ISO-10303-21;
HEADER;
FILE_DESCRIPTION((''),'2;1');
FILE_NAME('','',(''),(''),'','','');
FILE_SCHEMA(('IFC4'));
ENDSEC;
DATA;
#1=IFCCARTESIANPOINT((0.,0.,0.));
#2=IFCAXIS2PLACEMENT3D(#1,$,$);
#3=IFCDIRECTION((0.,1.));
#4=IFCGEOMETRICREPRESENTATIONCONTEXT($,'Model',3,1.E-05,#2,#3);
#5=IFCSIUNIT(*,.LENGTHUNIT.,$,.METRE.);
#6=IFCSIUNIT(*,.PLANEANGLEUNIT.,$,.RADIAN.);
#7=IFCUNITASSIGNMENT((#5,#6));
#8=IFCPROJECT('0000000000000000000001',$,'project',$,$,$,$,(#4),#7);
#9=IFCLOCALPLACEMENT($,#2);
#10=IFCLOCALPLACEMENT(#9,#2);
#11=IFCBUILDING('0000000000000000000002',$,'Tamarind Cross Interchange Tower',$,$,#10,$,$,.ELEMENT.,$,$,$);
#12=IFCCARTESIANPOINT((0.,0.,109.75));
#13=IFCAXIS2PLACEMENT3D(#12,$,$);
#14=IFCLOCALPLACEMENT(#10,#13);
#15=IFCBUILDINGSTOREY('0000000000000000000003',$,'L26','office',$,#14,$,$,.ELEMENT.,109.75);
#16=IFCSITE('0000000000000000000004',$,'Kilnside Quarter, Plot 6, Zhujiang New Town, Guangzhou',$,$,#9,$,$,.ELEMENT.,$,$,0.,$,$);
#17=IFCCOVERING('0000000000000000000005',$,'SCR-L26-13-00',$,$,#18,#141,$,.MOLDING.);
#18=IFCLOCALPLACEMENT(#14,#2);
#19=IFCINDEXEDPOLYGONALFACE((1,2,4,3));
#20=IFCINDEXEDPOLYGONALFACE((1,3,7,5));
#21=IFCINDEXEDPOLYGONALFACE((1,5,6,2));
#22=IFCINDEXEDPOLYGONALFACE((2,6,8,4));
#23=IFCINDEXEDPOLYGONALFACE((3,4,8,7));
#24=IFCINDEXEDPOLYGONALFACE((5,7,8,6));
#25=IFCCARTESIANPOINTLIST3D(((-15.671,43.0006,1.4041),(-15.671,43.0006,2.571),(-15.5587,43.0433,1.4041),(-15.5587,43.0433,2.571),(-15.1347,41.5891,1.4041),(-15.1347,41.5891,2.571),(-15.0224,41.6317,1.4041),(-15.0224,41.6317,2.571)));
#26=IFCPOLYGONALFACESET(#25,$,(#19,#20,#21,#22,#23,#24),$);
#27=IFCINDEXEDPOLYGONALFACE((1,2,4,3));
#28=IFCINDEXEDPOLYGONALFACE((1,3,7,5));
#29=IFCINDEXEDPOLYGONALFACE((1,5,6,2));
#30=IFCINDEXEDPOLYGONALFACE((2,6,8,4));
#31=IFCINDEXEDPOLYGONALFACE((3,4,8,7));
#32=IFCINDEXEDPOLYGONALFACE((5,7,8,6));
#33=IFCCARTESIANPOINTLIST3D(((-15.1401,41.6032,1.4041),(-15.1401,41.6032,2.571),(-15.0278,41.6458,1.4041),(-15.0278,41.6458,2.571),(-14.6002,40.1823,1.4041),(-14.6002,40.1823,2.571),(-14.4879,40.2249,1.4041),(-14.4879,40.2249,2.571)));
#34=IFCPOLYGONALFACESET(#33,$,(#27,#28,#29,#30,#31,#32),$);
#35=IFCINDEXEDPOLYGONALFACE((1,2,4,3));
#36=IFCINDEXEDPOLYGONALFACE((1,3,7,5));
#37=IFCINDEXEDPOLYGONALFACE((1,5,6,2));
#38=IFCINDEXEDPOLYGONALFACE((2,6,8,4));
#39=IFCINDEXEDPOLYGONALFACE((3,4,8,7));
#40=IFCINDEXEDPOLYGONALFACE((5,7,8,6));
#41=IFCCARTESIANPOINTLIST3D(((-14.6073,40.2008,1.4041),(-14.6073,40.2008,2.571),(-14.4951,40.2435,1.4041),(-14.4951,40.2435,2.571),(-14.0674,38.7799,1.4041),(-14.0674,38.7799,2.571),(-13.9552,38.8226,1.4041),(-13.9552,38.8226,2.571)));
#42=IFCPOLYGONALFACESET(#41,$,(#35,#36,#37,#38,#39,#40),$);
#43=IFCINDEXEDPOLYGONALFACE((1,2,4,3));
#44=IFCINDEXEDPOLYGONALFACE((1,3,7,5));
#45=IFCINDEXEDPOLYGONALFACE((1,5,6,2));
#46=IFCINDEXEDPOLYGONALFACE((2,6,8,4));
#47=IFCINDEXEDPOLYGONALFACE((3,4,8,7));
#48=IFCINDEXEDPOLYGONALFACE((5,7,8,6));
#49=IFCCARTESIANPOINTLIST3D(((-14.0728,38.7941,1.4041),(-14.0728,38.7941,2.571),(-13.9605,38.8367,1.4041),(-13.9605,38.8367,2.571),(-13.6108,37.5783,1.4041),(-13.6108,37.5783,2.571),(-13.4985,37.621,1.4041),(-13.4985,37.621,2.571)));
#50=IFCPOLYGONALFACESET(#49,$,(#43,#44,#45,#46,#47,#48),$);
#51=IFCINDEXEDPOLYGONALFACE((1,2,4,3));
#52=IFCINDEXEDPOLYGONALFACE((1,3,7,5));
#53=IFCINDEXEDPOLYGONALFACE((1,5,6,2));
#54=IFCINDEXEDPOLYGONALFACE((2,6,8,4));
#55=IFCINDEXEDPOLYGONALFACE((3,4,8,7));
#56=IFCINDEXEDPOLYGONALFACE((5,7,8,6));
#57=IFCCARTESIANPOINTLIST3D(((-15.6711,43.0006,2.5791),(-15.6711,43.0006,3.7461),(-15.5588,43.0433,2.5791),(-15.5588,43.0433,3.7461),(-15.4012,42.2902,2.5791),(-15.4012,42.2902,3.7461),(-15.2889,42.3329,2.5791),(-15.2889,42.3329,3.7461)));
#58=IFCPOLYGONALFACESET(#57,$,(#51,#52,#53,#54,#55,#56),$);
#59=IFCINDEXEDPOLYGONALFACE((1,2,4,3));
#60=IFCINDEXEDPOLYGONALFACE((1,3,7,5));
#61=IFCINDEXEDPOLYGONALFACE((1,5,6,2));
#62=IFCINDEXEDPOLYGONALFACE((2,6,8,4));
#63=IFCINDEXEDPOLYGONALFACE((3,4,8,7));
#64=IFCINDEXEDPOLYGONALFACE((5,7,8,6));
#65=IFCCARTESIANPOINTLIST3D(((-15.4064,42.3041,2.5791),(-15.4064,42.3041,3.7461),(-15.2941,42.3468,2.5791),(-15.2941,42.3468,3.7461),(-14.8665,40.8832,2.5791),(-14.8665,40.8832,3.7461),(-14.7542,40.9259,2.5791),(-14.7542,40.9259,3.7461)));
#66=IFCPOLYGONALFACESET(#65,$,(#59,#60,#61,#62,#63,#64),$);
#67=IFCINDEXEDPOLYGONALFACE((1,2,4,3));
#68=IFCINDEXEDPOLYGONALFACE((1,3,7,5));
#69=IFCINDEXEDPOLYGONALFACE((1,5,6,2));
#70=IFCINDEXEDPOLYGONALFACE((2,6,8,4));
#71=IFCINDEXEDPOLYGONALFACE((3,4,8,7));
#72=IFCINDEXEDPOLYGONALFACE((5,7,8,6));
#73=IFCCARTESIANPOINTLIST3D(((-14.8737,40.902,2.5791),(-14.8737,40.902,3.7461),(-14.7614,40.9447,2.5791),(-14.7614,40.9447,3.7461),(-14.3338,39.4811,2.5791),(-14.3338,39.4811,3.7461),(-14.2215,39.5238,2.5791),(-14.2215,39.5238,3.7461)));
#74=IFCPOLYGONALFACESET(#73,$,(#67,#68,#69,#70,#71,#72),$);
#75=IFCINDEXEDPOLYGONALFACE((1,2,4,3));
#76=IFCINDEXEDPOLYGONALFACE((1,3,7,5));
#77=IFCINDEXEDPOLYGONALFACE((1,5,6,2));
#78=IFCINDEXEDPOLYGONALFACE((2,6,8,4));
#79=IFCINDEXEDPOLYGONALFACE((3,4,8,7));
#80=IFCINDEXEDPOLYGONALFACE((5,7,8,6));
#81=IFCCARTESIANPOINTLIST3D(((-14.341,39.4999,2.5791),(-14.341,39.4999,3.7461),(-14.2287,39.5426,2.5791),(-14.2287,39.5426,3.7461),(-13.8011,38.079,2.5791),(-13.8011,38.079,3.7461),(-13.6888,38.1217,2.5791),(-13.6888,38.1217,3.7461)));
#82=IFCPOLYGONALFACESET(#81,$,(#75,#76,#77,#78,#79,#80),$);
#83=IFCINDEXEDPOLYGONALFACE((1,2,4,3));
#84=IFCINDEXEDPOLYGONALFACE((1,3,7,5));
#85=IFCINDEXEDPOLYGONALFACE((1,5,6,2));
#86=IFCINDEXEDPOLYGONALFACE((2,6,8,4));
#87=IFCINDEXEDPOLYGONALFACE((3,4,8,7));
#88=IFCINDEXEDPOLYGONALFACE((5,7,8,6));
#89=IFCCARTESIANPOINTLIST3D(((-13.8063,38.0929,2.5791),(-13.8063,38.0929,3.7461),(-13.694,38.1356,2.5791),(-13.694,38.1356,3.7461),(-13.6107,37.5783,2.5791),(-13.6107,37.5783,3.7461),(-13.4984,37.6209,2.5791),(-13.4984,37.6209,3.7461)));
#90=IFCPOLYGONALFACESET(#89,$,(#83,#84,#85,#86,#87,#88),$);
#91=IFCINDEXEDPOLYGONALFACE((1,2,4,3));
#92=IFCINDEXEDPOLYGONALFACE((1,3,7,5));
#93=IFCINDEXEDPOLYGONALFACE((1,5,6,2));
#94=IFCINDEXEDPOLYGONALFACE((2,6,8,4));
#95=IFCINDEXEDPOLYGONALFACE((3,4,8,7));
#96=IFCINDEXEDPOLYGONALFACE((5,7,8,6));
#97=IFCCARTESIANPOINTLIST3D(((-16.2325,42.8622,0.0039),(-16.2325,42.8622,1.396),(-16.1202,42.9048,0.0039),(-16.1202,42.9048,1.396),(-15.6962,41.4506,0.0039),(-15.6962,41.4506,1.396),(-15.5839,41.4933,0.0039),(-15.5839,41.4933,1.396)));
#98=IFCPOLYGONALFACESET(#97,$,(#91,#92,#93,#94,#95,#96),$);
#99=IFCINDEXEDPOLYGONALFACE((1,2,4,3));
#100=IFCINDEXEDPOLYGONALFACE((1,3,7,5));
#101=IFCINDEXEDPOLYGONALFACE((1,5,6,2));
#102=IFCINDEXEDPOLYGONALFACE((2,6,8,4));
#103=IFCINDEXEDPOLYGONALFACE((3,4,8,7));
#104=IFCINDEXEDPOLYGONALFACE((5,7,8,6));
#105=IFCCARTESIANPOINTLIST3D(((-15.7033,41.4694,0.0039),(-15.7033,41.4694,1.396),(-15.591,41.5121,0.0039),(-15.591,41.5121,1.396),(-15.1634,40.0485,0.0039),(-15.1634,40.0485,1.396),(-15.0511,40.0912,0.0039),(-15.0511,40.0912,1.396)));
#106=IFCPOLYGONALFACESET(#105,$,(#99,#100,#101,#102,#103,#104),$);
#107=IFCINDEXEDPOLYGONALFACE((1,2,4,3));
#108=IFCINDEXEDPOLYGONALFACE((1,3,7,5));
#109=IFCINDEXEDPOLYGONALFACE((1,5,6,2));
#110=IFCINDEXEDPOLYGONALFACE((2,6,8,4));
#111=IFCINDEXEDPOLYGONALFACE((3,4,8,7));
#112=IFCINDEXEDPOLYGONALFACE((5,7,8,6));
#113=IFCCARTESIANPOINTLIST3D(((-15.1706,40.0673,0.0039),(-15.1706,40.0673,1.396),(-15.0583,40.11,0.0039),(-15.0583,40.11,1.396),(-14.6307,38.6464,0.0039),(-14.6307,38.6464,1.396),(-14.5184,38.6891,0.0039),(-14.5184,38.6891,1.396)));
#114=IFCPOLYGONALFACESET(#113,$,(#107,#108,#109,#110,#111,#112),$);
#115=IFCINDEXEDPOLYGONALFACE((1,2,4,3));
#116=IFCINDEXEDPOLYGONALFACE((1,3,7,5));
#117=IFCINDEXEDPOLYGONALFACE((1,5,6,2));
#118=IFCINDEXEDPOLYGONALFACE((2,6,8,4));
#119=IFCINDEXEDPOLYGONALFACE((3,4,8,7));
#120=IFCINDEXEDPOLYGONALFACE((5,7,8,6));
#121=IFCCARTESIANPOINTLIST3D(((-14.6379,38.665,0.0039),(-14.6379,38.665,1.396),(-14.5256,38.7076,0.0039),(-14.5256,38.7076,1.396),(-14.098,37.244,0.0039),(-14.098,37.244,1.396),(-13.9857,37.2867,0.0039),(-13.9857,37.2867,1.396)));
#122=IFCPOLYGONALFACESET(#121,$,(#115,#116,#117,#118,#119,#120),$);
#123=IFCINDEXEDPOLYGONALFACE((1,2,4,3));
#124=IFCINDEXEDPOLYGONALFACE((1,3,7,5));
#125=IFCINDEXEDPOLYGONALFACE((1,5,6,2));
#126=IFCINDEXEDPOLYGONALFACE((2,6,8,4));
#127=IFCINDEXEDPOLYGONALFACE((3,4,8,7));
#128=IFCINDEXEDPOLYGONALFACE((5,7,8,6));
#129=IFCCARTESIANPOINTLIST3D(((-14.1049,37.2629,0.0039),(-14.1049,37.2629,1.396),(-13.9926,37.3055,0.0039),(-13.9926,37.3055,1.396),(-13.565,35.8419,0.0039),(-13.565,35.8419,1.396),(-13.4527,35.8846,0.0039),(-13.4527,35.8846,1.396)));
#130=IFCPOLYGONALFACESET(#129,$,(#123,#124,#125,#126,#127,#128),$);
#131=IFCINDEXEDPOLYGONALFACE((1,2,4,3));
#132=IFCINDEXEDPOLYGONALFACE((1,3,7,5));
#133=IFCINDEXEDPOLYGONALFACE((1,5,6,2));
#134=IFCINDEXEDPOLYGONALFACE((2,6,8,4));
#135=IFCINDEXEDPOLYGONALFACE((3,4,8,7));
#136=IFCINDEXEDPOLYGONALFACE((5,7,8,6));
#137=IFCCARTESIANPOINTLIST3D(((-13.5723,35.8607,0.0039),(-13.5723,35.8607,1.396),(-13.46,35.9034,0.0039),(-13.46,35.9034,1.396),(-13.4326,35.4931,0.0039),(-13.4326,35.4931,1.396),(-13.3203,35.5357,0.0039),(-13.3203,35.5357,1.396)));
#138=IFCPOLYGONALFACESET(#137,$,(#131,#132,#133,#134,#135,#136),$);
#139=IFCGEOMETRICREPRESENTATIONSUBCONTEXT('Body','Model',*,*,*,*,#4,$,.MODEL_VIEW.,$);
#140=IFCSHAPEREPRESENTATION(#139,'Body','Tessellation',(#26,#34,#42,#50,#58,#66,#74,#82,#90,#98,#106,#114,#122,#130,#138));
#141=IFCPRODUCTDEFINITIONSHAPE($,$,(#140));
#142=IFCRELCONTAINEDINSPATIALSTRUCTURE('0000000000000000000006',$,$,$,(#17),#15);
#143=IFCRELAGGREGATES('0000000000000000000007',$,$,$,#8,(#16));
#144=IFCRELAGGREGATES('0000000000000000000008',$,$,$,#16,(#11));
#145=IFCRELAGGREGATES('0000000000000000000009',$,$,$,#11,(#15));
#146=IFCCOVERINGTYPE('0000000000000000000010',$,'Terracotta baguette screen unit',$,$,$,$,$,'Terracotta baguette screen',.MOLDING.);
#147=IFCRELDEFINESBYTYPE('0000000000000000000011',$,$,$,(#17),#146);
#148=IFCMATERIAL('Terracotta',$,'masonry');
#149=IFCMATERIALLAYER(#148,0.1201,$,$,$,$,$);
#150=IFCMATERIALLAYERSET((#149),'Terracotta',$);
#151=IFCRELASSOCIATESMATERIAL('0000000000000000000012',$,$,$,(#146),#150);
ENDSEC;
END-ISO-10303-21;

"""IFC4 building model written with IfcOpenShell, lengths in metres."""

from ifc_helpers import new_model, si_unit, direction, frame, origin, origin_2d, place, context, subcontext, project, spatial, rectangle, extrude, material, layer, layer_set, type_object, element, save


model = new_model("IFC4")

# Units and contexts
model_context = context("Model", 3, precision=1e-05, world=origin(), true_north=direction((0.0, 1.0)))
body_context = subcontext(model_context, "Body", "Model", "MODEL_VIEW")
ifc_project = project(units=[si_unit("LENGTHUNIT", "METRE"), si_unit("PLANEANGLEUNIT", "RADIAN")], contexts=[model_context])

# Site, building, storey
site_placement = place(None, origin())
site = spatial("IfcSite", under=ifc_project, at=site_placement, Name="Kilnside Quarter, Plot 6, Zhujiang New Town, Guangzhou", CompositionType="ELEMENT", RefElevation=0.0)
building_placement = place(site_placement, origin())
building = spatial("IfcBuilding", under=site, at=building_placement, Name="Tamarind Cross Interchange Tower", CompositionType="ELEMENT")
storey_placement = place(building_placement, frame((0.0, 0.0, 109.75)))
storey = spatial("IfcBuildingStorey", under=building, at=storey_placement, Name="L26", Description="office", CompositionType="ELEMENT", Elevation=109.75)

# Covering
ifc_material_1 = material(Name="Terracotta", Category="masonry")
ifc_layer_1 = layer(ifc_material_1, 0.1201)
ifc_layer_set_1 = layer_set([ifc_layer_1], Name="Terracotta")
covering_type = type_object("IfcCoveringType", Name="Terracotta baguette screen unit", ElementType="Terracotta baguette screen", PredefinedType="MOLDING", material=ifc_layer_set_1)
covering_1_placement = place(storey_placement, origin())
element("IfcCovering", 1, at=covering_1_placement, inside=storey, type_object=covering_type, Name="SCR-L26-13-00", PredefinedType="MOLDING", context=body_context, shape_type="SweptSolid", body=[
    extrude(rectangle(XDim=1.51, YDim=0.1201, at=origin_2d()), frame((-15.3467, 42.3162, 1.4041), z_axis=(0.0, 0.0, 1.0), x_axis=(0.355186, -0.934796, 0.0)), (0.0, 0.0, 1.0), 1.167),
    extrude(rectangle(XDim=1.52, YDim=0.1201, at=origin_2d()), frame((-14.814, 40.9141, 1.4041), z_axis=(0.0, 0.0, 1.0), x_axis=(0.355186, -0.934796, 0.0)), (0.0, 0.0, 1.0), 1.167),
    extrude(rectangle(XDim=1.52, YDim=0.1201, at=origin_2d()), frame((-14.2812, 39.5117, 1.4041), z_axis=(0.0, 0.0, 1.0), x_axis=(0.355186, -0.934796, 0.0)), (0.0, 0.0, 1.0), 1.167),
    extrude(rectangle(XDim=1.3005, YDim=0.1201, at=origin_2d()), frame((-13.7856, 38.2075, 1.4041), z_axis=(0.0, 0.0, 1.0), x_axis=(0.355186, -0.934796, 0.0)), (0.0, 0.0, 1.0), 1.167),
    extrude(rectangle(XDim=0.76, YDim=0.1201, at=origin_2d()), frame((-15.48, 42.6667, 2.5791), z_axis=(0.0, 0.0, 1.0), x_axis=(0.355186, -0.934796, 0.0)), (0.0, 0.0, 1.0), 1.167),
    extrude(rectangle(XDim=1.52, YDim=0.1201, at=origin_2d()), frame((-15.0803, 41.615, 2.5791), z_axis=(0.0, 0.0, 1.0), x_axis=(0.355186, -0.934796, 0.0)), (0.0, 0.0, 1.0), 1.167),
    extrude(rectangle(XDim=1.52, YDim=0.1201, at=origin_2d()), frame((-14.5476, 40.2129, 2.5791), z_axis=(0.0, 0.0, 1.0), x_axis=(0.355186, -0.934796, 0.0)), (0.0, 0.0, 1.0), 1.167),
    extrude(rectangle(XDim=1.52, YDim=0.1201, at=origin_2d()), frame((-14.0149, 38.8108, 2.5791), z_axis=(0.0, 0.0, 1.0), x_axis=(0.355186, -0.934796, 0.0)), (0.0, 0.0, 1.0), 1.167),
    extrude(rectangle(XDim=0.5505, YDim=0.1201, at=origin_2d()), frame((-13.6523, 37.8569, 2.5791), z_axis=(0.0, 0.0, 1.0), x_axis=(0.355186, -0.934796, 0.0)), (0.0, 0.0, 1.0), 1.167),
    extrude(rectangle(XDim=1.51, YDim=0.1201, at=origin_2d()), frame((-15.9082, 42.1777, 0.0039), z_axis=(0.0, 0.0, 1.0), x_axis=(0.355186, -0.934796, 0.0)), (0.0, 0.0, 1.0), 1.3921),
    extrude(rectangle(XDim=1.52, YDim=0.1201, at=origin_2d()), frame((-15.3772, 40.7803, 0.0039), z_axis=(0.0, 0.0, 1.0), x_axis=(0.355186, -0.934796, 0.0)), (0.0, 0.0, 1.0), 1.3921),
    extrude(rectangle(XDim=1.52, YDim=0.1201, at=origin_2d()), frame((-14.8445, 39.3782, 0.0039), z_axis=(0.0, 0.0, 1.0), x_axis=(0.355186, -0.934796, 0.0)), (0.0, 0.0, 1.0), 1.3921),
    extrude(rectangle(XDim=1.52, YDim=0.1201, at=origin_2d()), frame((-14.3118, 37.9758, 0.0039), z_axis=(0.0, 0.0, 1.0), x_axis=(0.355186, -0.934796, 0.0)), (0.0, 0.0, 1.0), 1.3921),
    extrude(rectangle(XDim=1.52, YDim=0.1201, at=origin_2d()), frame((-13.7788, 36.5737, 0.0039), z_axis=(0.0, 0.0, 1.0), x_axis=(0.355186, -0.934796, 0.0)), (0.0, 0.0, 1.0), 1.3921),
    extrude(rectangle(XDim=0.3933, YDim=0.1201, at=origin_2d()), frame((-13.4463, 35.6982, 0.0039), z_axis=(0.0, 0.0, 1.0), x_axis=(0.355186, -0.934796, 0.0)), (0.0, 0.0, 1.0), 1.3921),
])

save(model, "model.ifc")
